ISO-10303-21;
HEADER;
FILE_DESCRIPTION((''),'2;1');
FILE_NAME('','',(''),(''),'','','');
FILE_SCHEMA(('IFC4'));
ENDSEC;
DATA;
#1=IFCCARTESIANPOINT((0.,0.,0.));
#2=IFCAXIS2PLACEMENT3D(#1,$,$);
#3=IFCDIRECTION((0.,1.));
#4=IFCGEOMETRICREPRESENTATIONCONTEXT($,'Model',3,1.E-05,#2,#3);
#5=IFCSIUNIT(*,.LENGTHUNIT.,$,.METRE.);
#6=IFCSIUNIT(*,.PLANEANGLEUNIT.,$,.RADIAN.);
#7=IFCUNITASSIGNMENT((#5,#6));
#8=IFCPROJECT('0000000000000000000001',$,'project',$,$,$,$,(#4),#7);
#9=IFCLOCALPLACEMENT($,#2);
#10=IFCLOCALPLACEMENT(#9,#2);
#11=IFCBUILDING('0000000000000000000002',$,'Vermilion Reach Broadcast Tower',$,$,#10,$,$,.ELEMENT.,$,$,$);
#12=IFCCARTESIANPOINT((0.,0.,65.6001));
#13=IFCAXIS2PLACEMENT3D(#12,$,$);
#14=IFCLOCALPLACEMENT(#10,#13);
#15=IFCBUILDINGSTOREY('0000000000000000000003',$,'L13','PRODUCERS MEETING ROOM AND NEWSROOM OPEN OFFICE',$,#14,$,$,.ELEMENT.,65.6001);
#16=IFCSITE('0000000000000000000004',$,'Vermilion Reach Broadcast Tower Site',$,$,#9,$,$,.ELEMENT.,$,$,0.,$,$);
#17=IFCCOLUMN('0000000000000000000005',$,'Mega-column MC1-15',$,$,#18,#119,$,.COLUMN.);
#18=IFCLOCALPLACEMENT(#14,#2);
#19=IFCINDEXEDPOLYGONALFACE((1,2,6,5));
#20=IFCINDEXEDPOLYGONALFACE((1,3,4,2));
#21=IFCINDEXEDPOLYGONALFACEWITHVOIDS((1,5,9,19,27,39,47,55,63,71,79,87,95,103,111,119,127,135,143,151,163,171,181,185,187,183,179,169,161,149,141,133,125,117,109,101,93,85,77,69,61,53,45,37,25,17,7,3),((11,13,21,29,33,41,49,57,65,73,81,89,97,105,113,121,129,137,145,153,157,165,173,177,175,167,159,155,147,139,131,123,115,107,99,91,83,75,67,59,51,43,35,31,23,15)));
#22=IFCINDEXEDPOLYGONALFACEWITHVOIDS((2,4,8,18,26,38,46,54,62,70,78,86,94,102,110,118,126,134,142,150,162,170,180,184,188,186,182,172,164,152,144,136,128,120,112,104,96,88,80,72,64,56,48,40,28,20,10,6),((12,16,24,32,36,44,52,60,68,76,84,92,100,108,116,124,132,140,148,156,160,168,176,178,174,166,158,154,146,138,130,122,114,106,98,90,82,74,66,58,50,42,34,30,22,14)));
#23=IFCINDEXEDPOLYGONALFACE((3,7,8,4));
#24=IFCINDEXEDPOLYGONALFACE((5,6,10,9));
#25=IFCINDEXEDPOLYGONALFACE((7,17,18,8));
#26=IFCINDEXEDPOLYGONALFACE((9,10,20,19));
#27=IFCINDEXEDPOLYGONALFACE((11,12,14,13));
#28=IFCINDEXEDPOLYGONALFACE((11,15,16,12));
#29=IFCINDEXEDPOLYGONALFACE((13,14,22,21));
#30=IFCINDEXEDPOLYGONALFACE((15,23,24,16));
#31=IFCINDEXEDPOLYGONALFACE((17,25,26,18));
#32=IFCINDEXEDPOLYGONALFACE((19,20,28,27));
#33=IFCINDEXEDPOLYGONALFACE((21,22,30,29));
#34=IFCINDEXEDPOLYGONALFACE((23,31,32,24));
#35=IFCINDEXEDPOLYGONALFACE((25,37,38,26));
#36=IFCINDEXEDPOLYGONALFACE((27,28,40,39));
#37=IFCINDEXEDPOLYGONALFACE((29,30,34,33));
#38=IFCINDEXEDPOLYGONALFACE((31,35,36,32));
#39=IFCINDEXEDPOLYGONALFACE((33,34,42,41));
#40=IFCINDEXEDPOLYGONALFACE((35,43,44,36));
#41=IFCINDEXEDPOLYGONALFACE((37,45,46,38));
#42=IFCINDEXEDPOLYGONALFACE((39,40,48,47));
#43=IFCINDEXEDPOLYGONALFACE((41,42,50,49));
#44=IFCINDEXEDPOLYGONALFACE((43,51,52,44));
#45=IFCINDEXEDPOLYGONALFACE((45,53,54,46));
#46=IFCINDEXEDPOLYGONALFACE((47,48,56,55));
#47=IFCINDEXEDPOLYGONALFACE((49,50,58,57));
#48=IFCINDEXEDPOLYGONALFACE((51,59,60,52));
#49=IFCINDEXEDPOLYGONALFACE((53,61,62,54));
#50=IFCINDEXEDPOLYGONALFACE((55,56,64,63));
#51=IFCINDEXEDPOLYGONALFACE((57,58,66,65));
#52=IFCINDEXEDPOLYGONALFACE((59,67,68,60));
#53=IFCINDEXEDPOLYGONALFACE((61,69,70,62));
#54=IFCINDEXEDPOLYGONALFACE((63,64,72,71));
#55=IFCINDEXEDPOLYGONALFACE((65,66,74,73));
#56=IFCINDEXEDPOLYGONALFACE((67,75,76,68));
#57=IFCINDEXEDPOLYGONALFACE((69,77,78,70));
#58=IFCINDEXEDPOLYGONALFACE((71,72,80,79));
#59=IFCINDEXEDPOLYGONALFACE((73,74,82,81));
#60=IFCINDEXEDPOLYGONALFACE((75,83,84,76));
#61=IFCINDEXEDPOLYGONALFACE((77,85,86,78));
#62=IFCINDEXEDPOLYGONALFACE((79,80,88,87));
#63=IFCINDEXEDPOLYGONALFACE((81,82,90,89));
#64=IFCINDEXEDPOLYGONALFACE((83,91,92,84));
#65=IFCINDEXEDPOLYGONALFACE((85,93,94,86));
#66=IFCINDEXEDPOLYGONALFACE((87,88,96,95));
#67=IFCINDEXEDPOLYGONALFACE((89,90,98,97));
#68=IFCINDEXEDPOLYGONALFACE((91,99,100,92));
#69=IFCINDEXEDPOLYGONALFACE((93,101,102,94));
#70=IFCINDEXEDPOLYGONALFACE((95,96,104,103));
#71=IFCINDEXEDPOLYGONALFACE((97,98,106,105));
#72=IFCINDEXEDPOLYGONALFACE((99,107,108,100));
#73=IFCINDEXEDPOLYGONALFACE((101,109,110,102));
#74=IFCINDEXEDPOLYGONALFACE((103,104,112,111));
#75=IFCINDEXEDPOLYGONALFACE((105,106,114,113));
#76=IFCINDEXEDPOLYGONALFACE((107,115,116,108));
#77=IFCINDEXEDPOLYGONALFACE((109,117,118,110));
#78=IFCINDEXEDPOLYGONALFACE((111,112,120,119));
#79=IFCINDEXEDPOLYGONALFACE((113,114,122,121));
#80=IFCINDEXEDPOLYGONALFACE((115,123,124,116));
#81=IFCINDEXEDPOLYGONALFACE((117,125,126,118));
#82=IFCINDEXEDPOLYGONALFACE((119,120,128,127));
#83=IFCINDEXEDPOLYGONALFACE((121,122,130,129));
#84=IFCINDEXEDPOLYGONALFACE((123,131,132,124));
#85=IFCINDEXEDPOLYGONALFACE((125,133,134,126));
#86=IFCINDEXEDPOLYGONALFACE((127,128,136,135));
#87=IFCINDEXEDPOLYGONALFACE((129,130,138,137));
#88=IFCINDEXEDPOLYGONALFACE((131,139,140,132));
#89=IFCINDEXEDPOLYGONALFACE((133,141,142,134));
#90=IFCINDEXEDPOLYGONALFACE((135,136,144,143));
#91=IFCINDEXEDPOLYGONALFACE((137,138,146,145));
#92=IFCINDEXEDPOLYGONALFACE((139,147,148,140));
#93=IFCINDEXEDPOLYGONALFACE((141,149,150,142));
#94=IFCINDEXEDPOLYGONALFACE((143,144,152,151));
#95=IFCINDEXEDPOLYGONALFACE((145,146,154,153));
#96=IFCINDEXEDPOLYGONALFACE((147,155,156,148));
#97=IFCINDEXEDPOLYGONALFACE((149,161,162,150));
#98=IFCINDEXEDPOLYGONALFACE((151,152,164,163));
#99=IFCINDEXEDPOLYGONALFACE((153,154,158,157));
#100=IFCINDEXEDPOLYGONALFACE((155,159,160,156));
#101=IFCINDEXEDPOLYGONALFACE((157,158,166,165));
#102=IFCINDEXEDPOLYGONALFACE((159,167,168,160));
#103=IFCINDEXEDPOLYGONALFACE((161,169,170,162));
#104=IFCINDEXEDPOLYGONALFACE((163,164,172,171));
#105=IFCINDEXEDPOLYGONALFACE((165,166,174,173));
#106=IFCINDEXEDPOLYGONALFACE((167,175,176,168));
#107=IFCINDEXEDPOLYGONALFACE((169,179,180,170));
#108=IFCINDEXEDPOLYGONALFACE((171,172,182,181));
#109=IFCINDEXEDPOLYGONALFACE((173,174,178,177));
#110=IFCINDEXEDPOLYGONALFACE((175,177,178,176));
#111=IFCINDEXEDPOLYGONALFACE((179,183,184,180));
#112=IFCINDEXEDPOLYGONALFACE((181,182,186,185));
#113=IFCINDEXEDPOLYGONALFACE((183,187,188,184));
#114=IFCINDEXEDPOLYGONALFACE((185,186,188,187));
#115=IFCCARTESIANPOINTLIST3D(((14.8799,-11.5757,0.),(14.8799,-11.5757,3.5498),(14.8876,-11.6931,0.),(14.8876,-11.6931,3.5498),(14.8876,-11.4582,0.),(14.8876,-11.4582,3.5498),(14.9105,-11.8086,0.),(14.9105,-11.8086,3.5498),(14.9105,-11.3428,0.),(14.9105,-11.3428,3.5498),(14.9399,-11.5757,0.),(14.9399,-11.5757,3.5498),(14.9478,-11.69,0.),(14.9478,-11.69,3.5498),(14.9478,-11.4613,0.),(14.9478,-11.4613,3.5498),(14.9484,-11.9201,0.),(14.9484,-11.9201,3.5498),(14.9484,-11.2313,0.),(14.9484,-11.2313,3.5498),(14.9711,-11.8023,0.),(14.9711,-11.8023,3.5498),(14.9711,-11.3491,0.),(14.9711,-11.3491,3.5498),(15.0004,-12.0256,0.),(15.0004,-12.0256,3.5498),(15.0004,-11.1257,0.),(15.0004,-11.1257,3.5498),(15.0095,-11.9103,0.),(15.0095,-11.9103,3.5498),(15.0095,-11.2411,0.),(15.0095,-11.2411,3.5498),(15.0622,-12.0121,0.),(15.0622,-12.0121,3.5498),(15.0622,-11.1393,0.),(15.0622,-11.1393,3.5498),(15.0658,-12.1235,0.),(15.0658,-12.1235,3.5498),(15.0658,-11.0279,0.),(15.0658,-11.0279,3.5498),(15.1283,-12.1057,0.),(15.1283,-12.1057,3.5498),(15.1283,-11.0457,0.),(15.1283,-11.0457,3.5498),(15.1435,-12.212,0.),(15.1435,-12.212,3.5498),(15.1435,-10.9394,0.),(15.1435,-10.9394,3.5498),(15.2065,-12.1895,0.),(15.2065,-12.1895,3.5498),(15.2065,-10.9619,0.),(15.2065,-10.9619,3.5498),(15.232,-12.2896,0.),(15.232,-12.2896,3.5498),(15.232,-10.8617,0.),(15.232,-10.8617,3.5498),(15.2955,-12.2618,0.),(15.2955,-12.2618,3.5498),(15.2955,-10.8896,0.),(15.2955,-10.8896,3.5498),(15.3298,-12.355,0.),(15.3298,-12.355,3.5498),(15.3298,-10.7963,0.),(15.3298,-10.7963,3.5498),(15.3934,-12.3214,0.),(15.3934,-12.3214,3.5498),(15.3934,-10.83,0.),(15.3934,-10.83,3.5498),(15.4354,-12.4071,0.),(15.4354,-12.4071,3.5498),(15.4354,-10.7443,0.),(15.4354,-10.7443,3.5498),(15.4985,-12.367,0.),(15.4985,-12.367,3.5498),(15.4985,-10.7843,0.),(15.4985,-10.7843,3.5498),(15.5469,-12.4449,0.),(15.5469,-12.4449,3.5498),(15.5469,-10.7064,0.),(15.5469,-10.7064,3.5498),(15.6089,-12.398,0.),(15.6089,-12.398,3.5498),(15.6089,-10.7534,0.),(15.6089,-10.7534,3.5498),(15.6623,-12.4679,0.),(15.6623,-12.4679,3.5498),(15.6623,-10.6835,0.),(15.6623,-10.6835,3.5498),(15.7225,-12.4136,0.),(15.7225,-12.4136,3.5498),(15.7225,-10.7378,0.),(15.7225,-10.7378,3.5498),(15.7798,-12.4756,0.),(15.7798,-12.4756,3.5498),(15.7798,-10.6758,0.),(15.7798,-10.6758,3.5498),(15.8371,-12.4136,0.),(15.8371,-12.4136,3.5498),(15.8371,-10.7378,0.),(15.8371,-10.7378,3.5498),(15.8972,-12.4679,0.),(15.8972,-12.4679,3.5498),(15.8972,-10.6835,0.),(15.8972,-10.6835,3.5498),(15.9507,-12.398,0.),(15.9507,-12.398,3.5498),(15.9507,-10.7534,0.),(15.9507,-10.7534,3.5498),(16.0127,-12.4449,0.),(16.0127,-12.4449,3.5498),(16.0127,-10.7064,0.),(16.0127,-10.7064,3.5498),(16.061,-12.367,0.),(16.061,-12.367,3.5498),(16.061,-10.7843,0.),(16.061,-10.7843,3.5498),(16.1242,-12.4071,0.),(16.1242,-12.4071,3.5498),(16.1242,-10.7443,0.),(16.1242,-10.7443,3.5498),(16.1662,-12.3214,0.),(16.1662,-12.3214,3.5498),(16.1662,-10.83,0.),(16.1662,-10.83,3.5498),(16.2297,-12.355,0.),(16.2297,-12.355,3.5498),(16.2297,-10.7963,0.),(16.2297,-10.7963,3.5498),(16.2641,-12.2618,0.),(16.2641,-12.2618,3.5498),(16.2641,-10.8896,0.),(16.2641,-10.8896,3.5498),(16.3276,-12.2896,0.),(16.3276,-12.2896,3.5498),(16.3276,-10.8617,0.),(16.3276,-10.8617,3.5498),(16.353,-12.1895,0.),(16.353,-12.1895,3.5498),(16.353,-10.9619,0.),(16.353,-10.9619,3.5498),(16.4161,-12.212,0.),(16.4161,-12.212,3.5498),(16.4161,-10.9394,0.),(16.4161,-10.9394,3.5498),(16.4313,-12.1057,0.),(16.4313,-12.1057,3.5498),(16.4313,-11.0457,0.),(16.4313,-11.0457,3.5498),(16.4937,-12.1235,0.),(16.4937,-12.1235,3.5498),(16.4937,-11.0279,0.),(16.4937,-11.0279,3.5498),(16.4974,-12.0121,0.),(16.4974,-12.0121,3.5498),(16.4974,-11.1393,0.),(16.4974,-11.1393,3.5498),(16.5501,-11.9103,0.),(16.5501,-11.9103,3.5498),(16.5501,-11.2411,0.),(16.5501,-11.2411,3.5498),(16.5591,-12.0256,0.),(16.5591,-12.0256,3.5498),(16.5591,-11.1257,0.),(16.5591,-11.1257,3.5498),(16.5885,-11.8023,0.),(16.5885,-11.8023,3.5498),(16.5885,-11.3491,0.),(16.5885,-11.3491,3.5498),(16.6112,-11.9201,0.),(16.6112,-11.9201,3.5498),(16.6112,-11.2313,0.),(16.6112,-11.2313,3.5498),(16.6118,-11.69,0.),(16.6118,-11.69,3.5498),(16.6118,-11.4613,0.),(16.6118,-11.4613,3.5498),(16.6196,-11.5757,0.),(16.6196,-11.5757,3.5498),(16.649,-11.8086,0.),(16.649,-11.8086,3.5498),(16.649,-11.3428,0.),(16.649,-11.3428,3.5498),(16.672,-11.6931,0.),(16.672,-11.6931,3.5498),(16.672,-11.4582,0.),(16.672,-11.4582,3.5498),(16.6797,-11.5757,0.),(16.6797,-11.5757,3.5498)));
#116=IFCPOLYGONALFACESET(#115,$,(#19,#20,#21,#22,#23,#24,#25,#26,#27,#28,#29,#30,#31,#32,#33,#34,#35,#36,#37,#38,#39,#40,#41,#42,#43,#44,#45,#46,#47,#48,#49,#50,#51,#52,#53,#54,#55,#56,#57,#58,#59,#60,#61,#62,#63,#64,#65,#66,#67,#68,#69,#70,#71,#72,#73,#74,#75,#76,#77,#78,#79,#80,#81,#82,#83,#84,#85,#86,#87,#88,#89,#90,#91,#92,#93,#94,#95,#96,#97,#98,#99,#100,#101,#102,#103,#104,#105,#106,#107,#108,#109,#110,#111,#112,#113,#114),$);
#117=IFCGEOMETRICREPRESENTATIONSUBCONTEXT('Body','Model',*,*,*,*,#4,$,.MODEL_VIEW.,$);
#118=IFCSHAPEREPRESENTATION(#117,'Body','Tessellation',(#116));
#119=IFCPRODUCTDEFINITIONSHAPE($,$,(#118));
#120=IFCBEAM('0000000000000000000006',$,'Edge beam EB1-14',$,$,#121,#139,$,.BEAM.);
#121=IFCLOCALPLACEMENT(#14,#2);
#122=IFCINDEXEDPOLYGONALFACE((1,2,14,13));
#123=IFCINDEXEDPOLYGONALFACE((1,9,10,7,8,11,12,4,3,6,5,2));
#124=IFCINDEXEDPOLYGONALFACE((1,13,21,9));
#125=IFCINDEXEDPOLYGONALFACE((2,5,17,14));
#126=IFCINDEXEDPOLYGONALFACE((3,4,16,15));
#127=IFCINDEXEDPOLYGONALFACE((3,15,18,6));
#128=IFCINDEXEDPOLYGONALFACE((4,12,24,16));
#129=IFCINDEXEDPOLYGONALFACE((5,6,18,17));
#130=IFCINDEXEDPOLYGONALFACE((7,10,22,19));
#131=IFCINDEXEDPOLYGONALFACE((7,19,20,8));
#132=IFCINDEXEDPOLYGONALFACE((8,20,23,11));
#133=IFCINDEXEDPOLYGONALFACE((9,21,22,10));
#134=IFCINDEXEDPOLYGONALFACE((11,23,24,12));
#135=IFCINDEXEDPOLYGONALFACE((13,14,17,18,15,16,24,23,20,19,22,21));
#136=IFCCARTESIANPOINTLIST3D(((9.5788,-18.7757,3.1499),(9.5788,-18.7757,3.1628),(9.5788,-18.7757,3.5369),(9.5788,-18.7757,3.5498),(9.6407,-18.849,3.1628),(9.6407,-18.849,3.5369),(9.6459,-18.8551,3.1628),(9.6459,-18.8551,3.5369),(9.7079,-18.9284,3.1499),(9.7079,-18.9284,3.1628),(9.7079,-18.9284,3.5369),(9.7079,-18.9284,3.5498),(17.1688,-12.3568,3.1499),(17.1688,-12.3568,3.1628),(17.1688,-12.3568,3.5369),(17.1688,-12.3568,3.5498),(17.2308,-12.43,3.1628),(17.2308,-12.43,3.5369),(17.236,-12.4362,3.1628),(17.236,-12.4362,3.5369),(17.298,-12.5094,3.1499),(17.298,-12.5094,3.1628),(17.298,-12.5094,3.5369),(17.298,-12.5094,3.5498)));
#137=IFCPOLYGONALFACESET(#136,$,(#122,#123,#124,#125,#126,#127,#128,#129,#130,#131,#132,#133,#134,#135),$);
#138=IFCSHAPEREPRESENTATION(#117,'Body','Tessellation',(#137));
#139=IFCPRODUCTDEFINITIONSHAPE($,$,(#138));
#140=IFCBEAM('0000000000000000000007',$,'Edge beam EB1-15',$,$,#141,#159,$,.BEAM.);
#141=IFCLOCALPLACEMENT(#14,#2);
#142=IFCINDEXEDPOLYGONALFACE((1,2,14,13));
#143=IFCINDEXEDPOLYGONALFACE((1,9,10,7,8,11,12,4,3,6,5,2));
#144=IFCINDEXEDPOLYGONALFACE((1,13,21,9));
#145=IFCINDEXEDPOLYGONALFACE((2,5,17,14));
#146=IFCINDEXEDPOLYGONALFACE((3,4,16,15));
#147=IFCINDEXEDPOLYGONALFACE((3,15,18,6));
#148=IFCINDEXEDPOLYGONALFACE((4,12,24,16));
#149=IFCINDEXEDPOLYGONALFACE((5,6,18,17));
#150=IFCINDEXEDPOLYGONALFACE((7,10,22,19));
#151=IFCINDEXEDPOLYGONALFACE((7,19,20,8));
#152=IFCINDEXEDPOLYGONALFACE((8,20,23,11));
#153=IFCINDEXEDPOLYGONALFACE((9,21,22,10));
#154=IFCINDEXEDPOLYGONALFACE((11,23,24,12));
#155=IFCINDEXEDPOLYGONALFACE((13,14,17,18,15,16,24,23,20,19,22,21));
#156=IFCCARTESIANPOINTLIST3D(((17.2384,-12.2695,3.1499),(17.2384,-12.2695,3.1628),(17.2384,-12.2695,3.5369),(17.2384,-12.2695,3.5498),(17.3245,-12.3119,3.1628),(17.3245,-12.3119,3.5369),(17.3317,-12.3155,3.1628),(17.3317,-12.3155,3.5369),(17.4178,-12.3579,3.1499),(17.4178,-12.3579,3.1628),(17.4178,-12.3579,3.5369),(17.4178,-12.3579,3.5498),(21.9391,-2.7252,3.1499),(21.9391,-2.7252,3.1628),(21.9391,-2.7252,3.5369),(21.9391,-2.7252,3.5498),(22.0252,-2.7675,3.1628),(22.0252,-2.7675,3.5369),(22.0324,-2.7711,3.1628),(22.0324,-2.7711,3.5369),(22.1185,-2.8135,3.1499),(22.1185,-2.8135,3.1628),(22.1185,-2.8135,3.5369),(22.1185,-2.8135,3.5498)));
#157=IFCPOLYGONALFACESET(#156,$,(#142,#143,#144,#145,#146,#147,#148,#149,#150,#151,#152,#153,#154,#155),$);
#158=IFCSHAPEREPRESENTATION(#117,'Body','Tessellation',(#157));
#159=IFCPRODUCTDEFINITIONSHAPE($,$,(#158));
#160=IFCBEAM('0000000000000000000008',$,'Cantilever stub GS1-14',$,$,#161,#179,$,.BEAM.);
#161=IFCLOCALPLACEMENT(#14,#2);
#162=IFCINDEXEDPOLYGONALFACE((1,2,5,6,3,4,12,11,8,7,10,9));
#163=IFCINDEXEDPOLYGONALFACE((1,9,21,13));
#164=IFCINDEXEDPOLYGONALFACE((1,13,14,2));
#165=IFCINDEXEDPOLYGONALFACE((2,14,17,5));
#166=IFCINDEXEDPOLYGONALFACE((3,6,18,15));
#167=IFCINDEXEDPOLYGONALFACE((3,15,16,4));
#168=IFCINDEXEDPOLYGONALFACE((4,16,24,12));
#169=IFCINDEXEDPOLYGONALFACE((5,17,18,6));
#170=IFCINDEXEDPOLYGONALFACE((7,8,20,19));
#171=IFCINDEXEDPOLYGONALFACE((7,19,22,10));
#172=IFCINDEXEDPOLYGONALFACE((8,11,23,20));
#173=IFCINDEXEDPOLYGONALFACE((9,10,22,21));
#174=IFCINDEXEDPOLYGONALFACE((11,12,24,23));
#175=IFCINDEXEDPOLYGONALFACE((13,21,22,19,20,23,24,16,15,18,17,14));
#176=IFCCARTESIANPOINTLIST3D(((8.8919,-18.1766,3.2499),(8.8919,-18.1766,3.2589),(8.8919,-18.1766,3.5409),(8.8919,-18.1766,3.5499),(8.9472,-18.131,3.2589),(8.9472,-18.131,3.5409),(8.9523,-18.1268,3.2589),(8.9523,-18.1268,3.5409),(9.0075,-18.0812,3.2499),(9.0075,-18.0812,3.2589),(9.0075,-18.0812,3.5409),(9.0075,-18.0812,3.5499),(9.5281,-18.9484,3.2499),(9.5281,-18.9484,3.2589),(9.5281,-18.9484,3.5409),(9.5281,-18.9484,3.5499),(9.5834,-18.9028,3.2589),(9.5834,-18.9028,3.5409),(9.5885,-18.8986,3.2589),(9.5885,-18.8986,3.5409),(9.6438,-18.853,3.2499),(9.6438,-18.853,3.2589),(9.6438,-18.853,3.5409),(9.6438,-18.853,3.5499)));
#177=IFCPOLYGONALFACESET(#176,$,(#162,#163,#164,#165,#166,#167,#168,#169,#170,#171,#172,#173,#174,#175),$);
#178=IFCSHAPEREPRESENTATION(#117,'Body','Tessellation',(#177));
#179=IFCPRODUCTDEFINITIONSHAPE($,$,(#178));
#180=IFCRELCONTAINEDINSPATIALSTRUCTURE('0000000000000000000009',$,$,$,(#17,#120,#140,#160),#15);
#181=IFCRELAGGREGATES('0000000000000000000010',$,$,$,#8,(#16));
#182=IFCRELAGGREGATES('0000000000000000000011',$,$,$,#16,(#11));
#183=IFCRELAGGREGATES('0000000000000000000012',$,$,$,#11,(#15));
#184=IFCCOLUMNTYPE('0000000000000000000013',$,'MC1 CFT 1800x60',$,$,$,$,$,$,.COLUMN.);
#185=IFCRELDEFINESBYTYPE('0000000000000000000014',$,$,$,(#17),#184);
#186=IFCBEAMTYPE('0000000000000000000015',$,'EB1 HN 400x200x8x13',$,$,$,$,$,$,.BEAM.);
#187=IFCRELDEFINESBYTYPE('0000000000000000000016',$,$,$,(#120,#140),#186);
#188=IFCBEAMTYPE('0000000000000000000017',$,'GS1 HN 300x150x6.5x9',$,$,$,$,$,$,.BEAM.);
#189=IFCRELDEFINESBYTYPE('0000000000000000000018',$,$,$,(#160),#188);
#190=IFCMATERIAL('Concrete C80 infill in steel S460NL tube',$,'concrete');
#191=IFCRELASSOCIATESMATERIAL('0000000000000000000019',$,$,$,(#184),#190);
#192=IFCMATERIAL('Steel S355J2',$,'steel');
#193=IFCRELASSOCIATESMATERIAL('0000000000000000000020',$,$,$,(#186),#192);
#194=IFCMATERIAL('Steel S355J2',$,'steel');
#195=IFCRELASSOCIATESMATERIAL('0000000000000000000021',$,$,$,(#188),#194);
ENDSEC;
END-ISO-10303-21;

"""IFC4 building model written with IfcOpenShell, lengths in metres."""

from ifc_helpers import new_model, si_unit, direction, frame, origin, origin_2d, place, context, subcontext, project, spatial, hollow_circle, i_section, extrude, material, material_profile, profile_set, type_object, element, save


model = new_model("IFC4")

# Units and contexts
model_context = context("Model", 3, precision=1e-05, world=origin(), true_north=direction((0.0, 1.0)))
body_context = subcontext(model_context, "Body", "Model", "MODEL_VIEW")
ifc_project = project(units=[si_unit("LENGTHUNIT", "METRE"), si_unit("PLANEANGLEUNIT", "RADIAN")], contexts=[model_context])

# Site, building, storey
site_placement = place(None, origin())
site = spatial("IfcSite", under=ifc_project, at=site_placement, Name="Vermilion Reach Broadcast Tower Site", CompositionType="ELEMENT", RefElevation=0.0)
building_placement = place(site_placement, origin())
building = spatial("IfcBuilding", under=site, at=building_placement, Name="Vermilion Reach Broadcast Tower", CompositionType="ELEMENT")
storey_placement = place(building_placement, frame((0.0, 0.0, 65.6001)))
storey = spatial("IfcBuildingStorey", under=building, at=storey_placement, Name="L13", Description="PRODUCERS MEETING ROOM AND NEWSROOM OPEN OFFICE", CompositionType="ELEMENT", Elevation=65.6001)

# Column
ifc_material_1 = material(Name="Concrete C80 infill in steel S460NL tube", Category="concrete")
ifc_material_profile_1 = material_profile(ifc_material_1, hollow_circle(Radius=0.8999, WallThickness=0.0601, at=origin_2d()), Name="Concrete C80 infill in steel S460NL tube CFT 1800x60")
ifc_profile_set_1 = profile_set([ifc_material_profile_1], Name="Concrete C80 infill in steel S460NL tube")
column_type = type_object("IfcColumnType", Name="MC1 CFT 1800x60", PredefinedType="COLUMN", material=ifc_profile_set_1)
for number, where, z_axis, x_axis, name in (
    (1, (15.7798, -11.5757, 0.0), (0.0, 0.0, 1.0), (1.0, 0.0, 0.0), "Mega-column MC1-15"),
):
    element("IfcColumn", number, at=place(storey_placement, frame(where, z_axis=z_axis, x_axis=x_axis)), inside=storey, type_object=column_type, Name=name, PredefinedType="COLUMN", context=body_context, shape_type="SweptSolid", body=[
        extrude(hollow_circle(Radius=0.8999, WallThickness=0.0601, at=origin_2d()), origin(), (0.0, 0.0, 1.0), 3.5498),
    ])

# Beams
ifc_material_2 = material(Name="Steel S355J2", Category="steel")
ifc_material_profile_2 = material_profile(ifc_material_2, i_section(OverallWidth=0.2, OverallDepth=0.3999, WebThickness=0.0081, FlangeThickness=0.0129, at=origin_2d()), Name="S355J2 HN 400x200x8x13")
ifc_profile_set_2 = profile_set([ifc_material_profile_2], Name="Steel S355J2")
beam_type_1 = type_object("IfcBeamType", Name="EB1 HN 400x200x8x13", PredefinedType="BEAM", material=ifc_profile_set_2)
beam_1_placement = place(storey_placement, frame((9.6433, -18.8521, 3.3499), z_axis=(0.763557, 0.645741, 0.0), x_axis=(-0.645741, 0.763557, 0.0)))
element("IfcBeam", 2, at=beam_1_placement, inside=storey, type_object=beam_type_1, Name="Edge beam EB1-14", PredefinedType="BEAM", context=body_context, shape_type="SweptSolid", body=[
    extrude(i_section(OverallWidth=0.2, OverallDepth=0.3999, WebThickness=0.0081, FlangeThickness=0.0129, at=origin_2d()), origin(), (0.0, 0.0, 1.0), 9.9404),
])
beam_2_placement = place(storey_placement, frame((17.3281, -12.3137, 3.3499), z_axis=(0.441827, 0.8971, 0.0), x_axis=(-0.8971, 0.441827, 0.0)))
element("IfcBeam", 3, at=beam_2_placement, inside=storey, type_object=beam_type_1, Name="Edge beam EB1-15", PredefinedType="BEAM", context=body_context, shape_type="SweptSolid", body=[
    extrude(i_section(OverallWidth=0.2, OverallDepth=0.3999, WebThickness=0.0081, FlangeThickness=0.0129, at=origin_2d()), origin(), (0.0, 0.0, 1.0), 10.6392),
])
ifc_material_3 = material(Name="Steel S355J2", Category="steel")
ifc_material_profile_3 = material_profile(ifc_material_3, i_section(OverallWidth=0.1499, OverallDepth=0.3, WebThickness=0.0066, FlangeThickness=0.009, at=origin_2d()), Name="S355J2 HN 300x150x6.5x9")
ifc_profile_set_3 = profile_set([ifc_material_profile_3], Name="Steel S355J2")
beam_type_2 = type_object("IfcBeamType", Name="GS1 HN 300x150x6.5x9", PredefinedType="BEAM", material=ifc_profile_set_3)
beam_3_placement = place(storey_placement, frame((8.9497, -18.1289, 3.3999), z_axis=(0.636118, -0.771592, 0.0), x_axis=(0.771592, 0.636118, 0.0)))
element("IfcBeam", 4, at=beam_3_placement, inside=storey, type_object=beam_type_2, Name="Cantilever stub GS1-14", PredefinedType="BEAM", context=body_context, shape_type="SweptSolid", body=[
    extrude(i_section(OverallWidth=0.1499, OverallDepth=0.3, WebThickness=0.0066, FlangeThickness=0.009, at=origin_2d()), origin(), (0.0, 0.0, 1.0), 1.0002),
])

save(model, "model.ifc")
